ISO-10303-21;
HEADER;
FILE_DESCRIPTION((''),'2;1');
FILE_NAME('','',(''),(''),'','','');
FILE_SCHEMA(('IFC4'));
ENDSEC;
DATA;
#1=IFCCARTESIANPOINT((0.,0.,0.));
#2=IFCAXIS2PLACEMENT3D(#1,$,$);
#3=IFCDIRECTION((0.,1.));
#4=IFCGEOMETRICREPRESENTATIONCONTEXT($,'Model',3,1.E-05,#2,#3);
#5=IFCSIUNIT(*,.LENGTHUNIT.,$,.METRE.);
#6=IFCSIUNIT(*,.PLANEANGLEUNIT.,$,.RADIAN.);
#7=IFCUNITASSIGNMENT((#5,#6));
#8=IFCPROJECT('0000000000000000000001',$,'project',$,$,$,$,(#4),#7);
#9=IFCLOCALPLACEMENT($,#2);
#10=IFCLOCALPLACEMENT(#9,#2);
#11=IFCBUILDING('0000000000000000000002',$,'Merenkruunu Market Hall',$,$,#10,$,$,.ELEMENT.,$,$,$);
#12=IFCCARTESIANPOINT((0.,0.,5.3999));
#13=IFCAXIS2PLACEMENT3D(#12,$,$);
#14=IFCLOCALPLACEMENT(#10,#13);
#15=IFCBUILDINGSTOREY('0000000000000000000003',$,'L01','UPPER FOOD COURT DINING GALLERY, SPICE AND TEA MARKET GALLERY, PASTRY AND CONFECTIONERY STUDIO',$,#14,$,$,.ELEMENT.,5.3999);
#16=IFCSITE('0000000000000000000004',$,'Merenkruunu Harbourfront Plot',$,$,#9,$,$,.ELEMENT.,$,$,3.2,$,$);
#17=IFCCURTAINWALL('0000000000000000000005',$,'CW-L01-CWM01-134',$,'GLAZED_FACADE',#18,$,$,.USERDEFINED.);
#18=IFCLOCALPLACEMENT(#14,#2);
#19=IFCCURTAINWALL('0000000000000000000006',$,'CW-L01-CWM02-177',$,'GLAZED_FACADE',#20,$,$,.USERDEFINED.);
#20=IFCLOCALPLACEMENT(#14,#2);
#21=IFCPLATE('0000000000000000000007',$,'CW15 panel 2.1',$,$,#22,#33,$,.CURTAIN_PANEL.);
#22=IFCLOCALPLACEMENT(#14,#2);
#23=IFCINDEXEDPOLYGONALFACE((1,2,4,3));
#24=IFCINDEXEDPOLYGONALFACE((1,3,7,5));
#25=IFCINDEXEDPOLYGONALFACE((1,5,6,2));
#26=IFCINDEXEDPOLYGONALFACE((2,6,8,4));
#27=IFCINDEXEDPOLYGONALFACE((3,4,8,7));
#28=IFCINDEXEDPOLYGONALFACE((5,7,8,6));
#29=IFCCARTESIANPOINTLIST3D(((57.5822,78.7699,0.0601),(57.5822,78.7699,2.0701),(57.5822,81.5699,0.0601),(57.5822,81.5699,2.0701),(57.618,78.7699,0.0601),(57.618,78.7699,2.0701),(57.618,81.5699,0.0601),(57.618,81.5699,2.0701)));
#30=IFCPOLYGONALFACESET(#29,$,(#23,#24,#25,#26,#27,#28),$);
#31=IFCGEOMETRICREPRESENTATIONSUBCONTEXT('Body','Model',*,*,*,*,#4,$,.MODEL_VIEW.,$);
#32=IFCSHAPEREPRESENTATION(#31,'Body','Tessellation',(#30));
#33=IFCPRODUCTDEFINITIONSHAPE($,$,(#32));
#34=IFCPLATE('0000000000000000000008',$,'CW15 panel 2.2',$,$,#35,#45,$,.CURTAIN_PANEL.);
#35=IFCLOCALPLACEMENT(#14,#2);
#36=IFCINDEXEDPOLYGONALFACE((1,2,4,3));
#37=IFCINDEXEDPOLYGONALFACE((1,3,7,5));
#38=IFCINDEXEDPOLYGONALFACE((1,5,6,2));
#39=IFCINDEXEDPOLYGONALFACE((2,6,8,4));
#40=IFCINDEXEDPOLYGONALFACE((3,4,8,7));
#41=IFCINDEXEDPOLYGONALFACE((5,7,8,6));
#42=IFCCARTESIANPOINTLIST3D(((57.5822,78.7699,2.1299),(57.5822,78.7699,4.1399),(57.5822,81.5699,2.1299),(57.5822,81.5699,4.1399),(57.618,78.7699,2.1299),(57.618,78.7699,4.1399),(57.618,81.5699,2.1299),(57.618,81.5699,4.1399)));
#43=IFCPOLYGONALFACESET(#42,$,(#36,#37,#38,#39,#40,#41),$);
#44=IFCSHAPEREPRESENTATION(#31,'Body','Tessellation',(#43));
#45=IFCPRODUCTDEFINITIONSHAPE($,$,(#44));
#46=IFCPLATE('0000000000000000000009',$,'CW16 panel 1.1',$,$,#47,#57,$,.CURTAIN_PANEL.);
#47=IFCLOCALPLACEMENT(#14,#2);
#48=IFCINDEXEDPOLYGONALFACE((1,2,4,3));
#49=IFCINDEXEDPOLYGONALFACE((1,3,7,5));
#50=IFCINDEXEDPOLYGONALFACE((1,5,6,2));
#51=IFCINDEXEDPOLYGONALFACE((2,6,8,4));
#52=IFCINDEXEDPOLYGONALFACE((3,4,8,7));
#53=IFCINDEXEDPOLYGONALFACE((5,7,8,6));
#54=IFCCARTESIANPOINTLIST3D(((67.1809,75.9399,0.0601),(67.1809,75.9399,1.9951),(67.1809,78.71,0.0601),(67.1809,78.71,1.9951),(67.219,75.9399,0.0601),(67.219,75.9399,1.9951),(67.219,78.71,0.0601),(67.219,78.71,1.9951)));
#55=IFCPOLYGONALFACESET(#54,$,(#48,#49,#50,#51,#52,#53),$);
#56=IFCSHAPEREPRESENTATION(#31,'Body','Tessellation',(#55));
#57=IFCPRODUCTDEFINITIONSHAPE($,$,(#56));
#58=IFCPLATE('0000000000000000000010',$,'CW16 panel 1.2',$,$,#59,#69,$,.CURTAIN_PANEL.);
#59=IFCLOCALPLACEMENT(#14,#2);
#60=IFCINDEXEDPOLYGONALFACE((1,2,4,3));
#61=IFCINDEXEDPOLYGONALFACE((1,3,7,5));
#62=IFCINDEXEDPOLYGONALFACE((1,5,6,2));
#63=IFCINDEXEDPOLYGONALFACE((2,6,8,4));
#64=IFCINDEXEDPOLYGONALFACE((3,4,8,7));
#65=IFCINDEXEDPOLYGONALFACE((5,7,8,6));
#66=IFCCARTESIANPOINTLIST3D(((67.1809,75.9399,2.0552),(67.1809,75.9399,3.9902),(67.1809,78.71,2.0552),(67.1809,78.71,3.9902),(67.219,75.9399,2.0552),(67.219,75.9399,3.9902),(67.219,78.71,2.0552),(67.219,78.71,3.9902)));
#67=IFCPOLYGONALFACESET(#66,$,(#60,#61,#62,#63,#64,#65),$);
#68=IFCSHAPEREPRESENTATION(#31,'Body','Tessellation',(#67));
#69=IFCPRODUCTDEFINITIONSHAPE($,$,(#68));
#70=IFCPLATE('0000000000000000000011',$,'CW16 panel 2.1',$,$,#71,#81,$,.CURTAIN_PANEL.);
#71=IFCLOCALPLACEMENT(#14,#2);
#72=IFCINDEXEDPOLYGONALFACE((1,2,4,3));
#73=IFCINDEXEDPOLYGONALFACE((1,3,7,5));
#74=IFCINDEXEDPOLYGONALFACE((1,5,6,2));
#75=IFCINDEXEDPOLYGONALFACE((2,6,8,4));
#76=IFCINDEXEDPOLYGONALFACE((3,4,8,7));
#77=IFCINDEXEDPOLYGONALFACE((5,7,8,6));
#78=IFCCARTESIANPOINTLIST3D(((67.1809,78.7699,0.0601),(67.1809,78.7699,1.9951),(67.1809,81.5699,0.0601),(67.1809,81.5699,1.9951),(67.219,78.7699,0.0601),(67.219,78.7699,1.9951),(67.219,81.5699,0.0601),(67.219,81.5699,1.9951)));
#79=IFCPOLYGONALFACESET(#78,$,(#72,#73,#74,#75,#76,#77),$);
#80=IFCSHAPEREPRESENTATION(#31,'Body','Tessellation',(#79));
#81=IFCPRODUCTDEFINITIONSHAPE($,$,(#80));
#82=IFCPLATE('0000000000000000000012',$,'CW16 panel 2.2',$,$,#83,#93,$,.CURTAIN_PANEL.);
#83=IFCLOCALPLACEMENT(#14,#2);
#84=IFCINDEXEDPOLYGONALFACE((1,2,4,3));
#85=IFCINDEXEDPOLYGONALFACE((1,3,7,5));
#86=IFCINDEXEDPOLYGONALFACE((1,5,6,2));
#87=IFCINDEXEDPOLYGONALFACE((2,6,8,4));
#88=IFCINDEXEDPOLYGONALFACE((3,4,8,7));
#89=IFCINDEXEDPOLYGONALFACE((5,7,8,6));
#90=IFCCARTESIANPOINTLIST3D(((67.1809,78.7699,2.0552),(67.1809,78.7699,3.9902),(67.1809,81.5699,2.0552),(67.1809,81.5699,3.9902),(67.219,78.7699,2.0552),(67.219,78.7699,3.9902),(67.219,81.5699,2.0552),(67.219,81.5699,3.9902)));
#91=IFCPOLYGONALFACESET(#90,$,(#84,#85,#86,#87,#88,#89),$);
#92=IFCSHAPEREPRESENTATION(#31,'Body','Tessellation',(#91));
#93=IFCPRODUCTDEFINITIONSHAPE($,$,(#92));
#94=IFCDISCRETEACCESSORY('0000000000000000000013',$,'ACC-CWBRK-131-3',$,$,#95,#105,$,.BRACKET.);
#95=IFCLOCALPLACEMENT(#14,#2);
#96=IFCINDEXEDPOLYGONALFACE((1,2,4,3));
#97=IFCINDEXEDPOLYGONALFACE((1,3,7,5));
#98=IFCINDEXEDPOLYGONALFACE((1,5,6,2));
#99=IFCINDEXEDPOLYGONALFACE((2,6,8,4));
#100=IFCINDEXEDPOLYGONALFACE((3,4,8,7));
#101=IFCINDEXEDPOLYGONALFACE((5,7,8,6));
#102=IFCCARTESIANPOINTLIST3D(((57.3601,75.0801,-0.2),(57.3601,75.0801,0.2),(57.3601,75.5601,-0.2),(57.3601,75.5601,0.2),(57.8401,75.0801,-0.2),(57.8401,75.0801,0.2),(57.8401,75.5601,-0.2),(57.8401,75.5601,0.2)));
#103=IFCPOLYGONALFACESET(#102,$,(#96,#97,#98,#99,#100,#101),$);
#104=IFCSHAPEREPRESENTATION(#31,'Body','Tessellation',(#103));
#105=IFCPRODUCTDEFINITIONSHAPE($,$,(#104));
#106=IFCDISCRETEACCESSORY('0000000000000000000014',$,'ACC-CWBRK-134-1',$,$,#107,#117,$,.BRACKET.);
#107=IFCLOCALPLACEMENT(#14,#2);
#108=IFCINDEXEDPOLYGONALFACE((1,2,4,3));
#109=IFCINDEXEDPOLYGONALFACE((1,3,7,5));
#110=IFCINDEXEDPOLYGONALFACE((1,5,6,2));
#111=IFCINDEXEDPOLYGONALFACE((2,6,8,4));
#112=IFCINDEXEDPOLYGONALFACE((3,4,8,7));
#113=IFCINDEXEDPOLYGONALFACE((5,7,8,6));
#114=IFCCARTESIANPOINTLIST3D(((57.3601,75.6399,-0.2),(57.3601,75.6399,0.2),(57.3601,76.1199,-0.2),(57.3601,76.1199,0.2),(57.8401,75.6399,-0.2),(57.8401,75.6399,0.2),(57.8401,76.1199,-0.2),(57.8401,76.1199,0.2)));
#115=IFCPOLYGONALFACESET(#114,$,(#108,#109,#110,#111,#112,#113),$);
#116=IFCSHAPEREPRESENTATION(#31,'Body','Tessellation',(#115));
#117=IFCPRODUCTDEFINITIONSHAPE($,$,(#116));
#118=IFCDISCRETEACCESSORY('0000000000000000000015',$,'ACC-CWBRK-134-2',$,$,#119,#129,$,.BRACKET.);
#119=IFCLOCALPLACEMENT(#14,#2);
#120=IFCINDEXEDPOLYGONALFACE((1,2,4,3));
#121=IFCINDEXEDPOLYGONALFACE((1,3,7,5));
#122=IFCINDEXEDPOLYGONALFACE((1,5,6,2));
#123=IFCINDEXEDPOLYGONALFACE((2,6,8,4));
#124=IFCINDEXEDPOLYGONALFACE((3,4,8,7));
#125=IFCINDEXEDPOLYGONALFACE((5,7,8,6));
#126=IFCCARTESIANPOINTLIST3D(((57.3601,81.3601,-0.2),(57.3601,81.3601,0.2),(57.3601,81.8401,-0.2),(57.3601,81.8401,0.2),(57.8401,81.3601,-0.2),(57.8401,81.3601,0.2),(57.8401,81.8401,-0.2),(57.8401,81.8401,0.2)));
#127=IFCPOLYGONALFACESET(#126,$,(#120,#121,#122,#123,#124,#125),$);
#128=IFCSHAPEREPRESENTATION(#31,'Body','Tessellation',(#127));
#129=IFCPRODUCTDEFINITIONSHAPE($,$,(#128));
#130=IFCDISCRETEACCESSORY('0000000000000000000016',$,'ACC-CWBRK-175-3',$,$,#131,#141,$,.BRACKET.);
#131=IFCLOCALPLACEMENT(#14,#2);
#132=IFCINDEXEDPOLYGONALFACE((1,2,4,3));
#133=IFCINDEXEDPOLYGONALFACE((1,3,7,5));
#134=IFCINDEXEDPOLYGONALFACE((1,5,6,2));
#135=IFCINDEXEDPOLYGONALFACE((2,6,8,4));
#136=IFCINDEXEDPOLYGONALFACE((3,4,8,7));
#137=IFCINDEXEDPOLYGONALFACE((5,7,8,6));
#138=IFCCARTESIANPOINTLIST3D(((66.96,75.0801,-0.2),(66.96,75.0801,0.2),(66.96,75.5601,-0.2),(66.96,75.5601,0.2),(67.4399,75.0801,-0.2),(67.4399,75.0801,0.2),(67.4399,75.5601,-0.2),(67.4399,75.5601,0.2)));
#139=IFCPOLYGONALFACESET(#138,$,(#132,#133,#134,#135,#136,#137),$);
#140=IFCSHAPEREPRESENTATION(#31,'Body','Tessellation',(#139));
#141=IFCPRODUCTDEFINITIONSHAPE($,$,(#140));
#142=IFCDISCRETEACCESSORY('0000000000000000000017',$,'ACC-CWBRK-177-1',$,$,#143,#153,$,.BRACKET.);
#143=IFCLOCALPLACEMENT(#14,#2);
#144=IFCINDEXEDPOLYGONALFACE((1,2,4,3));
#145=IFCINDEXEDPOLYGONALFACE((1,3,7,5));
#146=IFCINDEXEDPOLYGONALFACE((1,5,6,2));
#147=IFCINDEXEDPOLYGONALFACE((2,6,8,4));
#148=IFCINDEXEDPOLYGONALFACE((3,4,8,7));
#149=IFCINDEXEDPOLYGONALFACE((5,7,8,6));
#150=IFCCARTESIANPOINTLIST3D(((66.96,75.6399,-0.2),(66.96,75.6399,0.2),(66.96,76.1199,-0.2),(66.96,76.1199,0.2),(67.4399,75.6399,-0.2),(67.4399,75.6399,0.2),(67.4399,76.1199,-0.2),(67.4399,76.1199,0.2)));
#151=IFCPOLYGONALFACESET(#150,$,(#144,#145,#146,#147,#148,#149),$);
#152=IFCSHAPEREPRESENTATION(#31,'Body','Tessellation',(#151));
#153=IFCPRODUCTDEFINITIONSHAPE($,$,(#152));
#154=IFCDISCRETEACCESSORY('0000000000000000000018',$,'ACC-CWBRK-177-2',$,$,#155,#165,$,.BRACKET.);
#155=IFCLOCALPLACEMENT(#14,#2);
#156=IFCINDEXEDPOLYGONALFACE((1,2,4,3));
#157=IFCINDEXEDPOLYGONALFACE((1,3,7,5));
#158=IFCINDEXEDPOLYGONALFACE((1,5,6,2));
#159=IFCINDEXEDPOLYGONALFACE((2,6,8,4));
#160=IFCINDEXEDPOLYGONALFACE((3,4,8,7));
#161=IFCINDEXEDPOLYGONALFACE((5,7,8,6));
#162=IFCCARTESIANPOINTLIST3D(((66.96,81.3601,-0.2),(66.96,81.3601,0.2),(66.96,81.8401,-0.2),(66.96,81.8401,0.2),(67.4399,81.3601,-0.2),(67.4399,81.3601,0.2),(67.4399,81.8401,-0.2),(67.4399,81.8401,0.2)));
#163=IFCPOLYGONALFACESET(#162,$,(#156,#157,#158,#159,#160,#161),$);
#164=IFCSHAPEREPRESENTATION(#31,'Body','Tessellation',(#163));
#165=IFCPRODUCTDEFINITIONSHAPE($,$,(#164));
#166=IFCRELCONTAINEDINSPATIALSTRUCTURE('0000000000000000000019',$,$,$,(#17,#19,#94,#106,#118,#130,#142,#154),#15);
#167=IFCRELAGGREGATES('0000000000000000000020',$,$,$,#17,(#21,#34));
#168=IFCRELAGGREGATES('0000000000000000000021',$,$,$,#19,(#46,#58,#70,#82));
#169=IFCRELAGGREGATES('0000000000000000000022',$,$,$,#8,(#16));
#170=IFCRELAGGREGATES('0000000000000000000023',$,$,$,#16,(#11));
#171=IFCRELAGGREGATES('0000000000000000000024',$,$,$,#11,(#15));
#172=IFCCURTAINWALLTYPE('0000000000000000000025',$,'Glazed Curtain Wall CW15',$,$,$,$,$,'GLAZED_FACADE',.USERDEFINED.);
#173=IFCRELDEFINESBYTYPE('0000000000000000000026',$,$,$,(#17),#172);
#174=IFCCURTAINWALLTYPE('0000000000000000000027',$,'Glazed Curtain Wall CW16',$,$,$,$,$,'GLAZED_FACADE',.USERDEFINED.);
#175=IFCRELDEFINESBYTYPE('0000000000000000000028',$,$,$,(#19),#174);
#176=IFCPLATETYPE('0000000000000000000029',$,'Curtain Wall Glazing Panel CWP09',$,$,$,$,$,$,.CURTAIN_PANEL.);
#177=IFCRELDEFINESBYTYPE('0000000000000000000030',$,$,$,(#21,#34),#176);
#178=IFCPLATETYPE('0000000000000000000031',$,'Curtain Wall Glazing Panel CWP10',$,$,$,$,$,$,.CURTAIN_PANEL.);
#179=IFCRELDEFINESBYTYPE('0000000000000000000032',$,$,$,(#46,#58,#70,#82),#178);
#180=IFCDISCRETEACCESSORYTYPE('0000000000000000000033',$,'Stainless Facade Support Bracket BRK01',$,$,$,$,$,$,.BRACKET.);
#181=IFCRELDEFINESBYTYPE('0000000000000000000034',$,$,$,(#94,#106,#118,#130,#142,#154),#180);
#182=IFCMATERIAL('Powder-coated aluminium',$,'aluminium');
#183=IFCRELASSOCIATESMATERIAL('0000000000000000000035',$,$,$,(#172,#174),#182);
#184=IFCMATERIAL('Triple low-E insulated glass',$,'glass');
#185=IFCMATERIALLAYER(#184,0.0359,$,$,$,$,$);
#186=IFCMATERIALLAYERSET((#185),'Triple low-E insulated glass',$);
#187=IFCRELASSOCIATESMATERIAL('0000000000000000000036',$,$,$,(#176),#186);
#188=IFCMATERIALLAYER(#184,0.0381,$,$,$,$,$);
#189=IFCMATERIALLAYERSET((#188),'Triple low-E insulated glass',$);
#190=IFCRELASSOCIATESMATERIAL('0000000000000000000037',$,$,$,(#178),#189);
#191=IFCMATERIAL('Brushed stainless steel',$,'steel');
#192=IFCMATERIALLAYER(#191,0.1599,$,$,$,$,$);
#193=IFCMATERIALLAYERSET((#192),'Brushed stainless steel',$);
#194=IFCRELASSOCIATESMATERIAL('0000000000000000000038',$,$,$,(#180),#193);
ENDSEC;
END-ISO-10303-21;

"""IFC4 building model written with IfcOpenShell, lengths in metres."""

from ifc_helpers import new_model, si_unit, direction, frame, origin, origin_2d, place, context, subcontext, project, spatial, rectangle, extrude, material, layer, layer_set, type_object, element, aggregate, save


model = new_model("IFC4")

# Units and contexts
model_context = context("Model", 3, precision=1e-05, world=origin(), true_north=direction((0.0, 1.0)))
body_context = subcontext(model_context, "Body", "Model", "MODEL_VIEW")
ifc_project = project(units=[si_unit("LENGTHUNIT", "METRE"), si_unit("PLANEANGLEUNIT", "RADIAN")], contexts=[model_context])

# Site, building, storey
site_placement = place(None, origin())
site = spatial("IfcSite", under=ifc_project, at=site_placement, Name="Merenkruunu Harbourfront Plot", CompositionType="ELEMENT", RefElevation=3.2)
building_placement = place(site_placement, origin())
building = spatial("IfcBuilding", under=site, at=building_placement, Name="Merenkruunu Market Hall", CompositionType="ELEMENT")
storey_placement = place(building_placement, frame((0.0, 0.0, 5.3999)))
storey = spatial("IfcBuildingStorey", under=building, at=storey_placement, Name="L01", Description="UPPER FOOD COURT DINING GALLERY, SPICE AND TEA MARKET GALLERY, PASTRY AND CONFECTIONERY STUDIO", CompositionType="ELEMENT", Elevation=5.3999)

# Shared definitions
ifc_material_1 = material(Name="Powder-coated aluminium", Category="aluminium")
curtain_wall_type_1 = type_object("IfcCurtainWallType", Name="Glazed Curtain Wall CW15", ElementType="GLAZED_FACADE", PredefinedType="USERDEFINED", material=ifc_material_1)

# Curtain wall
curtain_wall_1_placement = place(storey_placement, origin())
curtain_wall_1 = element("IfcCurtainWall", 1, at=curtain_wall_1_placement, inside=storey, type_object=curtain_wall_type_1, Name="CW-L01-CWM01-134", ObjectType="GLAZED_FACADE", PredefinedType="USERDEFINED")

# Shared definitions
curtain_wall_type_2 = type_object("IfcCurtainWallType", Name="Glazed Curtain Wall CW16", ElementType="GLAZED_FACADE", PredefinedType="USERDEFINED", material=ifc_material_1)

# Curtain wall
curtain_wall_2_placement = place(storey_placement, origin())
curtain_wall_2 = element("IfcCurtainWall", 2, at=curtain_wall_2_placement, inside=storey, type_object=curtain_wall_type_2, Name="CW-L01-CWM02-177", ObjectType="GLAZED_FACADE", PredefinedType="USERDEFINED")

# Plates
ifc_material_2 = material(Name="Triple low-E insulated glass", Category="glass")
ifc_layer_1 = layer(ifc_material_2, 0.0359)
ifc_layer_set_1 = layer_set([ifc_layer_1], Name="Triple low-E insulated glass")
plate_type_1 = type_object("IfcPlateType", Name="Curtain Wall Glazing Panel CWP09", PredefinedType="CURTAIN_PANEL", material=ifc_layer_set_1)
plate_1_placement = place(storey_placement, frame((57.6001, 80.1699, 0.0601), z_axis=(0.0, 0.0, 1.0), x_axis=(0.0, 1.0, 0.0)))
plate_1 = element("IfcPlate", 3, at=plate_1_placement, type_object=plate_type_1, Name="CW15 panel 2.1", PredefinedType="CURTAIN_PANEL", context=body_context, shape_type="SweptSolid", body=[
    extrude(rectangle(XDim=2.8, YDim=0.0359, at=origin_2d()), origin(), (0.0, 0.0, 1.0), 2.01),
])
plate_2_placement = place(storey_placement, frame((57.6001, 80.1699, 2.1299), z_axis=(0.0, 0.0, 1.0), x_axis=(0.0, 1.0, 0.0)))
plate_2 = element("IfcPlate", 4, at=plate_2_placement, type_object=plate_type_1, Name="CW15 panel 2.2", PredefinedType="CURTAIN_PANEL", context=body_context, shape_type="SweptSolid", body=[
    extrude(rectangle(XDim=2.8, YDim=0.0359, at=origin_2d()), origin(), (0.0, 0.0, 1.0), 2.01),
])
aggregate(curtain_wall_1, [plate_1, plate_2])
ifc_layer_2 = layer(ifc_material_2, 0.0381)
ifc_layer_set_2 = layer_set([ifc_layer_2], Name="Triple low-E insulated glass")
plate_type_2 = type_object("IfcPlateType", Name="Curtain Wall Glazing Panel CWP10", PredefinedType="CURTAIN_PANEL", material=ifc_layer_set_2)
plate_3_placement = place(storey_placement, frame((67.2, 77.325, 0.0601), z_axis=(0.0, 0.0, 1.0), x_axis=(0.0, 1.0, 0.0)))
plate_3 = element("IfcPlate", 5, at=plate_3_placement, type_object=plate_type_2, Name="CW16 panel 1.1", PredefinedType="CURTAIN_PANEL", context=body_context, shape_type="SweptSolid", body=[
    extrude(rectangle(XDim=2.77, YDim=0.0381, at=origin_2d()), origin(), (0.0, 0.0, 1.0), 1.9351),
])
plate_4_placement = place(storey_placement, frame((67.2, 77.325, 2.0552), z_axis=(0.0, 0.0, 1.0), x_axis=(0.0, 1.0, 0.0)))
plate_4 = element("IfcPlate", 6, at=plate_4_placement, type_object=plate_type_2, Name="CW16 panel 1.2", PredefinedType="CURTAIN_PANEL", context=body_context, shape_type="SweptSolid", body=[
    extrude(rectangle(XDim=2.77, YDim=0.0381, at=origin_2d()), origin(), (0.0, 0.0, 1.0), 1.9351),
])
plate_5_placement = place(storey_placement, frame((67.2, 80.1699, 0.0601), z_axis=(0.0, 0.0, 1.0), x_axis=(0.0, 1.0, 0.0)))
plate_5 = element("IfcPlate", 7, at=plate_5_placement, type_object=plate_type_2, Name="CW16 panel 2.1", PredefinedType="CURTAIN_PANEL", context=body_context, shape_type="SweptSolid", body=[
    extrude(rectangle(XDim=2.8, YDim=0.0381, at=origin_2d()), origin(), (0.0, 0.0, 1.0), 1.9351),
])
plate_6_placement = place(storey_placement, frame((67.2, 80.1699, 2.0552), z_axis=(0.0, 0.0, 1.0), x_axis=(0.0, 1.0, 0.0)))
plate_6 = element("IfcPlate", 8, at=plate_6_placement, type_object=plate_type_2, Name="CW16 panel 2.2", PredefinedType="CURTAIN_PANEL", context=body_context, shape_type="SweptSolid", body=[
    extrude(rectangle(XDim=2.8, YDim=0.0381, at=origin_2d()), origin(), (0.0, 0.0, 1.0), 1.9351),
])
aggregate(curtain_wall_2, [plate_3, plate_4, plate_5, plate_6])

# Discrete accessories
ifc_material_3 = material(Name="Brushed stainless steel", Category="steel")
ifc_layer_3 = layer(ifc_material_3, 0.1599)
ifc_layer_set_3 = layer_set([ifc_layer_3], Name="Brushed stainless steel")
discrete_accessory_type = type_object("IfcDiscreteAccessoryType", Name="Stainless Facade Support Bracket BRK01", PredefinedType="BRACKET", material=ifc_layer_set_3)
for number, where, z_axis, x_axis, name in (
    (9, (57.6001, 75.3201, -0.2), (0.0, 0.0, 1.0), (1.0, 0.0, 0.0), "ACC-CWBRK-131-3"),
    (10, (57.6001, 75.8799, -0.2), (0.0, 0.0, 1.0), (1.0, 0.0, 0.0), "ACC-CWBRK-134-1"),
    (11, (57.6001, 81.6001, -0.2), (0.0, 0.0, 1.0), (1.0, 0.0, 0.0), "ACC-CWBRK-134-2"),
    (12, (67.2, 75.3201, -0.2), (0.0, 0.0, 1.0), (1.0, 0.0, 0.0), "ACC-CWBRK-175-3"),
    (13, (67.2, 75.8799, -0.2), (0.0, 0.0, 1.0), (1.0, 0.0, 0.0), "ACC-CWBRK-177-1"),
    (14, (67.2, 81.6001, -0.2), (0.0, 0.0, 1.0), (1.0, 0.0, 0.0), "ACC-CWBRK-177-2"),
):
    element("IfcDiscreteAccessory", number, at=place(storey_placement, frame(where, z_axis=z_axis, x_axis=x_axis)), inside=storey, type_object=discrete_accessory_type, Name=name, PredefinedType="BRACKET", context=body_context, shape_type="SweptSolid", body=[
        extrude(rectangle(XDim=0.48, YDim=0.48, at=origin_2d()), origin(), (0.0, 0.0, 1.0), 0.3999),
    ])

save(model, "model.ifc")
